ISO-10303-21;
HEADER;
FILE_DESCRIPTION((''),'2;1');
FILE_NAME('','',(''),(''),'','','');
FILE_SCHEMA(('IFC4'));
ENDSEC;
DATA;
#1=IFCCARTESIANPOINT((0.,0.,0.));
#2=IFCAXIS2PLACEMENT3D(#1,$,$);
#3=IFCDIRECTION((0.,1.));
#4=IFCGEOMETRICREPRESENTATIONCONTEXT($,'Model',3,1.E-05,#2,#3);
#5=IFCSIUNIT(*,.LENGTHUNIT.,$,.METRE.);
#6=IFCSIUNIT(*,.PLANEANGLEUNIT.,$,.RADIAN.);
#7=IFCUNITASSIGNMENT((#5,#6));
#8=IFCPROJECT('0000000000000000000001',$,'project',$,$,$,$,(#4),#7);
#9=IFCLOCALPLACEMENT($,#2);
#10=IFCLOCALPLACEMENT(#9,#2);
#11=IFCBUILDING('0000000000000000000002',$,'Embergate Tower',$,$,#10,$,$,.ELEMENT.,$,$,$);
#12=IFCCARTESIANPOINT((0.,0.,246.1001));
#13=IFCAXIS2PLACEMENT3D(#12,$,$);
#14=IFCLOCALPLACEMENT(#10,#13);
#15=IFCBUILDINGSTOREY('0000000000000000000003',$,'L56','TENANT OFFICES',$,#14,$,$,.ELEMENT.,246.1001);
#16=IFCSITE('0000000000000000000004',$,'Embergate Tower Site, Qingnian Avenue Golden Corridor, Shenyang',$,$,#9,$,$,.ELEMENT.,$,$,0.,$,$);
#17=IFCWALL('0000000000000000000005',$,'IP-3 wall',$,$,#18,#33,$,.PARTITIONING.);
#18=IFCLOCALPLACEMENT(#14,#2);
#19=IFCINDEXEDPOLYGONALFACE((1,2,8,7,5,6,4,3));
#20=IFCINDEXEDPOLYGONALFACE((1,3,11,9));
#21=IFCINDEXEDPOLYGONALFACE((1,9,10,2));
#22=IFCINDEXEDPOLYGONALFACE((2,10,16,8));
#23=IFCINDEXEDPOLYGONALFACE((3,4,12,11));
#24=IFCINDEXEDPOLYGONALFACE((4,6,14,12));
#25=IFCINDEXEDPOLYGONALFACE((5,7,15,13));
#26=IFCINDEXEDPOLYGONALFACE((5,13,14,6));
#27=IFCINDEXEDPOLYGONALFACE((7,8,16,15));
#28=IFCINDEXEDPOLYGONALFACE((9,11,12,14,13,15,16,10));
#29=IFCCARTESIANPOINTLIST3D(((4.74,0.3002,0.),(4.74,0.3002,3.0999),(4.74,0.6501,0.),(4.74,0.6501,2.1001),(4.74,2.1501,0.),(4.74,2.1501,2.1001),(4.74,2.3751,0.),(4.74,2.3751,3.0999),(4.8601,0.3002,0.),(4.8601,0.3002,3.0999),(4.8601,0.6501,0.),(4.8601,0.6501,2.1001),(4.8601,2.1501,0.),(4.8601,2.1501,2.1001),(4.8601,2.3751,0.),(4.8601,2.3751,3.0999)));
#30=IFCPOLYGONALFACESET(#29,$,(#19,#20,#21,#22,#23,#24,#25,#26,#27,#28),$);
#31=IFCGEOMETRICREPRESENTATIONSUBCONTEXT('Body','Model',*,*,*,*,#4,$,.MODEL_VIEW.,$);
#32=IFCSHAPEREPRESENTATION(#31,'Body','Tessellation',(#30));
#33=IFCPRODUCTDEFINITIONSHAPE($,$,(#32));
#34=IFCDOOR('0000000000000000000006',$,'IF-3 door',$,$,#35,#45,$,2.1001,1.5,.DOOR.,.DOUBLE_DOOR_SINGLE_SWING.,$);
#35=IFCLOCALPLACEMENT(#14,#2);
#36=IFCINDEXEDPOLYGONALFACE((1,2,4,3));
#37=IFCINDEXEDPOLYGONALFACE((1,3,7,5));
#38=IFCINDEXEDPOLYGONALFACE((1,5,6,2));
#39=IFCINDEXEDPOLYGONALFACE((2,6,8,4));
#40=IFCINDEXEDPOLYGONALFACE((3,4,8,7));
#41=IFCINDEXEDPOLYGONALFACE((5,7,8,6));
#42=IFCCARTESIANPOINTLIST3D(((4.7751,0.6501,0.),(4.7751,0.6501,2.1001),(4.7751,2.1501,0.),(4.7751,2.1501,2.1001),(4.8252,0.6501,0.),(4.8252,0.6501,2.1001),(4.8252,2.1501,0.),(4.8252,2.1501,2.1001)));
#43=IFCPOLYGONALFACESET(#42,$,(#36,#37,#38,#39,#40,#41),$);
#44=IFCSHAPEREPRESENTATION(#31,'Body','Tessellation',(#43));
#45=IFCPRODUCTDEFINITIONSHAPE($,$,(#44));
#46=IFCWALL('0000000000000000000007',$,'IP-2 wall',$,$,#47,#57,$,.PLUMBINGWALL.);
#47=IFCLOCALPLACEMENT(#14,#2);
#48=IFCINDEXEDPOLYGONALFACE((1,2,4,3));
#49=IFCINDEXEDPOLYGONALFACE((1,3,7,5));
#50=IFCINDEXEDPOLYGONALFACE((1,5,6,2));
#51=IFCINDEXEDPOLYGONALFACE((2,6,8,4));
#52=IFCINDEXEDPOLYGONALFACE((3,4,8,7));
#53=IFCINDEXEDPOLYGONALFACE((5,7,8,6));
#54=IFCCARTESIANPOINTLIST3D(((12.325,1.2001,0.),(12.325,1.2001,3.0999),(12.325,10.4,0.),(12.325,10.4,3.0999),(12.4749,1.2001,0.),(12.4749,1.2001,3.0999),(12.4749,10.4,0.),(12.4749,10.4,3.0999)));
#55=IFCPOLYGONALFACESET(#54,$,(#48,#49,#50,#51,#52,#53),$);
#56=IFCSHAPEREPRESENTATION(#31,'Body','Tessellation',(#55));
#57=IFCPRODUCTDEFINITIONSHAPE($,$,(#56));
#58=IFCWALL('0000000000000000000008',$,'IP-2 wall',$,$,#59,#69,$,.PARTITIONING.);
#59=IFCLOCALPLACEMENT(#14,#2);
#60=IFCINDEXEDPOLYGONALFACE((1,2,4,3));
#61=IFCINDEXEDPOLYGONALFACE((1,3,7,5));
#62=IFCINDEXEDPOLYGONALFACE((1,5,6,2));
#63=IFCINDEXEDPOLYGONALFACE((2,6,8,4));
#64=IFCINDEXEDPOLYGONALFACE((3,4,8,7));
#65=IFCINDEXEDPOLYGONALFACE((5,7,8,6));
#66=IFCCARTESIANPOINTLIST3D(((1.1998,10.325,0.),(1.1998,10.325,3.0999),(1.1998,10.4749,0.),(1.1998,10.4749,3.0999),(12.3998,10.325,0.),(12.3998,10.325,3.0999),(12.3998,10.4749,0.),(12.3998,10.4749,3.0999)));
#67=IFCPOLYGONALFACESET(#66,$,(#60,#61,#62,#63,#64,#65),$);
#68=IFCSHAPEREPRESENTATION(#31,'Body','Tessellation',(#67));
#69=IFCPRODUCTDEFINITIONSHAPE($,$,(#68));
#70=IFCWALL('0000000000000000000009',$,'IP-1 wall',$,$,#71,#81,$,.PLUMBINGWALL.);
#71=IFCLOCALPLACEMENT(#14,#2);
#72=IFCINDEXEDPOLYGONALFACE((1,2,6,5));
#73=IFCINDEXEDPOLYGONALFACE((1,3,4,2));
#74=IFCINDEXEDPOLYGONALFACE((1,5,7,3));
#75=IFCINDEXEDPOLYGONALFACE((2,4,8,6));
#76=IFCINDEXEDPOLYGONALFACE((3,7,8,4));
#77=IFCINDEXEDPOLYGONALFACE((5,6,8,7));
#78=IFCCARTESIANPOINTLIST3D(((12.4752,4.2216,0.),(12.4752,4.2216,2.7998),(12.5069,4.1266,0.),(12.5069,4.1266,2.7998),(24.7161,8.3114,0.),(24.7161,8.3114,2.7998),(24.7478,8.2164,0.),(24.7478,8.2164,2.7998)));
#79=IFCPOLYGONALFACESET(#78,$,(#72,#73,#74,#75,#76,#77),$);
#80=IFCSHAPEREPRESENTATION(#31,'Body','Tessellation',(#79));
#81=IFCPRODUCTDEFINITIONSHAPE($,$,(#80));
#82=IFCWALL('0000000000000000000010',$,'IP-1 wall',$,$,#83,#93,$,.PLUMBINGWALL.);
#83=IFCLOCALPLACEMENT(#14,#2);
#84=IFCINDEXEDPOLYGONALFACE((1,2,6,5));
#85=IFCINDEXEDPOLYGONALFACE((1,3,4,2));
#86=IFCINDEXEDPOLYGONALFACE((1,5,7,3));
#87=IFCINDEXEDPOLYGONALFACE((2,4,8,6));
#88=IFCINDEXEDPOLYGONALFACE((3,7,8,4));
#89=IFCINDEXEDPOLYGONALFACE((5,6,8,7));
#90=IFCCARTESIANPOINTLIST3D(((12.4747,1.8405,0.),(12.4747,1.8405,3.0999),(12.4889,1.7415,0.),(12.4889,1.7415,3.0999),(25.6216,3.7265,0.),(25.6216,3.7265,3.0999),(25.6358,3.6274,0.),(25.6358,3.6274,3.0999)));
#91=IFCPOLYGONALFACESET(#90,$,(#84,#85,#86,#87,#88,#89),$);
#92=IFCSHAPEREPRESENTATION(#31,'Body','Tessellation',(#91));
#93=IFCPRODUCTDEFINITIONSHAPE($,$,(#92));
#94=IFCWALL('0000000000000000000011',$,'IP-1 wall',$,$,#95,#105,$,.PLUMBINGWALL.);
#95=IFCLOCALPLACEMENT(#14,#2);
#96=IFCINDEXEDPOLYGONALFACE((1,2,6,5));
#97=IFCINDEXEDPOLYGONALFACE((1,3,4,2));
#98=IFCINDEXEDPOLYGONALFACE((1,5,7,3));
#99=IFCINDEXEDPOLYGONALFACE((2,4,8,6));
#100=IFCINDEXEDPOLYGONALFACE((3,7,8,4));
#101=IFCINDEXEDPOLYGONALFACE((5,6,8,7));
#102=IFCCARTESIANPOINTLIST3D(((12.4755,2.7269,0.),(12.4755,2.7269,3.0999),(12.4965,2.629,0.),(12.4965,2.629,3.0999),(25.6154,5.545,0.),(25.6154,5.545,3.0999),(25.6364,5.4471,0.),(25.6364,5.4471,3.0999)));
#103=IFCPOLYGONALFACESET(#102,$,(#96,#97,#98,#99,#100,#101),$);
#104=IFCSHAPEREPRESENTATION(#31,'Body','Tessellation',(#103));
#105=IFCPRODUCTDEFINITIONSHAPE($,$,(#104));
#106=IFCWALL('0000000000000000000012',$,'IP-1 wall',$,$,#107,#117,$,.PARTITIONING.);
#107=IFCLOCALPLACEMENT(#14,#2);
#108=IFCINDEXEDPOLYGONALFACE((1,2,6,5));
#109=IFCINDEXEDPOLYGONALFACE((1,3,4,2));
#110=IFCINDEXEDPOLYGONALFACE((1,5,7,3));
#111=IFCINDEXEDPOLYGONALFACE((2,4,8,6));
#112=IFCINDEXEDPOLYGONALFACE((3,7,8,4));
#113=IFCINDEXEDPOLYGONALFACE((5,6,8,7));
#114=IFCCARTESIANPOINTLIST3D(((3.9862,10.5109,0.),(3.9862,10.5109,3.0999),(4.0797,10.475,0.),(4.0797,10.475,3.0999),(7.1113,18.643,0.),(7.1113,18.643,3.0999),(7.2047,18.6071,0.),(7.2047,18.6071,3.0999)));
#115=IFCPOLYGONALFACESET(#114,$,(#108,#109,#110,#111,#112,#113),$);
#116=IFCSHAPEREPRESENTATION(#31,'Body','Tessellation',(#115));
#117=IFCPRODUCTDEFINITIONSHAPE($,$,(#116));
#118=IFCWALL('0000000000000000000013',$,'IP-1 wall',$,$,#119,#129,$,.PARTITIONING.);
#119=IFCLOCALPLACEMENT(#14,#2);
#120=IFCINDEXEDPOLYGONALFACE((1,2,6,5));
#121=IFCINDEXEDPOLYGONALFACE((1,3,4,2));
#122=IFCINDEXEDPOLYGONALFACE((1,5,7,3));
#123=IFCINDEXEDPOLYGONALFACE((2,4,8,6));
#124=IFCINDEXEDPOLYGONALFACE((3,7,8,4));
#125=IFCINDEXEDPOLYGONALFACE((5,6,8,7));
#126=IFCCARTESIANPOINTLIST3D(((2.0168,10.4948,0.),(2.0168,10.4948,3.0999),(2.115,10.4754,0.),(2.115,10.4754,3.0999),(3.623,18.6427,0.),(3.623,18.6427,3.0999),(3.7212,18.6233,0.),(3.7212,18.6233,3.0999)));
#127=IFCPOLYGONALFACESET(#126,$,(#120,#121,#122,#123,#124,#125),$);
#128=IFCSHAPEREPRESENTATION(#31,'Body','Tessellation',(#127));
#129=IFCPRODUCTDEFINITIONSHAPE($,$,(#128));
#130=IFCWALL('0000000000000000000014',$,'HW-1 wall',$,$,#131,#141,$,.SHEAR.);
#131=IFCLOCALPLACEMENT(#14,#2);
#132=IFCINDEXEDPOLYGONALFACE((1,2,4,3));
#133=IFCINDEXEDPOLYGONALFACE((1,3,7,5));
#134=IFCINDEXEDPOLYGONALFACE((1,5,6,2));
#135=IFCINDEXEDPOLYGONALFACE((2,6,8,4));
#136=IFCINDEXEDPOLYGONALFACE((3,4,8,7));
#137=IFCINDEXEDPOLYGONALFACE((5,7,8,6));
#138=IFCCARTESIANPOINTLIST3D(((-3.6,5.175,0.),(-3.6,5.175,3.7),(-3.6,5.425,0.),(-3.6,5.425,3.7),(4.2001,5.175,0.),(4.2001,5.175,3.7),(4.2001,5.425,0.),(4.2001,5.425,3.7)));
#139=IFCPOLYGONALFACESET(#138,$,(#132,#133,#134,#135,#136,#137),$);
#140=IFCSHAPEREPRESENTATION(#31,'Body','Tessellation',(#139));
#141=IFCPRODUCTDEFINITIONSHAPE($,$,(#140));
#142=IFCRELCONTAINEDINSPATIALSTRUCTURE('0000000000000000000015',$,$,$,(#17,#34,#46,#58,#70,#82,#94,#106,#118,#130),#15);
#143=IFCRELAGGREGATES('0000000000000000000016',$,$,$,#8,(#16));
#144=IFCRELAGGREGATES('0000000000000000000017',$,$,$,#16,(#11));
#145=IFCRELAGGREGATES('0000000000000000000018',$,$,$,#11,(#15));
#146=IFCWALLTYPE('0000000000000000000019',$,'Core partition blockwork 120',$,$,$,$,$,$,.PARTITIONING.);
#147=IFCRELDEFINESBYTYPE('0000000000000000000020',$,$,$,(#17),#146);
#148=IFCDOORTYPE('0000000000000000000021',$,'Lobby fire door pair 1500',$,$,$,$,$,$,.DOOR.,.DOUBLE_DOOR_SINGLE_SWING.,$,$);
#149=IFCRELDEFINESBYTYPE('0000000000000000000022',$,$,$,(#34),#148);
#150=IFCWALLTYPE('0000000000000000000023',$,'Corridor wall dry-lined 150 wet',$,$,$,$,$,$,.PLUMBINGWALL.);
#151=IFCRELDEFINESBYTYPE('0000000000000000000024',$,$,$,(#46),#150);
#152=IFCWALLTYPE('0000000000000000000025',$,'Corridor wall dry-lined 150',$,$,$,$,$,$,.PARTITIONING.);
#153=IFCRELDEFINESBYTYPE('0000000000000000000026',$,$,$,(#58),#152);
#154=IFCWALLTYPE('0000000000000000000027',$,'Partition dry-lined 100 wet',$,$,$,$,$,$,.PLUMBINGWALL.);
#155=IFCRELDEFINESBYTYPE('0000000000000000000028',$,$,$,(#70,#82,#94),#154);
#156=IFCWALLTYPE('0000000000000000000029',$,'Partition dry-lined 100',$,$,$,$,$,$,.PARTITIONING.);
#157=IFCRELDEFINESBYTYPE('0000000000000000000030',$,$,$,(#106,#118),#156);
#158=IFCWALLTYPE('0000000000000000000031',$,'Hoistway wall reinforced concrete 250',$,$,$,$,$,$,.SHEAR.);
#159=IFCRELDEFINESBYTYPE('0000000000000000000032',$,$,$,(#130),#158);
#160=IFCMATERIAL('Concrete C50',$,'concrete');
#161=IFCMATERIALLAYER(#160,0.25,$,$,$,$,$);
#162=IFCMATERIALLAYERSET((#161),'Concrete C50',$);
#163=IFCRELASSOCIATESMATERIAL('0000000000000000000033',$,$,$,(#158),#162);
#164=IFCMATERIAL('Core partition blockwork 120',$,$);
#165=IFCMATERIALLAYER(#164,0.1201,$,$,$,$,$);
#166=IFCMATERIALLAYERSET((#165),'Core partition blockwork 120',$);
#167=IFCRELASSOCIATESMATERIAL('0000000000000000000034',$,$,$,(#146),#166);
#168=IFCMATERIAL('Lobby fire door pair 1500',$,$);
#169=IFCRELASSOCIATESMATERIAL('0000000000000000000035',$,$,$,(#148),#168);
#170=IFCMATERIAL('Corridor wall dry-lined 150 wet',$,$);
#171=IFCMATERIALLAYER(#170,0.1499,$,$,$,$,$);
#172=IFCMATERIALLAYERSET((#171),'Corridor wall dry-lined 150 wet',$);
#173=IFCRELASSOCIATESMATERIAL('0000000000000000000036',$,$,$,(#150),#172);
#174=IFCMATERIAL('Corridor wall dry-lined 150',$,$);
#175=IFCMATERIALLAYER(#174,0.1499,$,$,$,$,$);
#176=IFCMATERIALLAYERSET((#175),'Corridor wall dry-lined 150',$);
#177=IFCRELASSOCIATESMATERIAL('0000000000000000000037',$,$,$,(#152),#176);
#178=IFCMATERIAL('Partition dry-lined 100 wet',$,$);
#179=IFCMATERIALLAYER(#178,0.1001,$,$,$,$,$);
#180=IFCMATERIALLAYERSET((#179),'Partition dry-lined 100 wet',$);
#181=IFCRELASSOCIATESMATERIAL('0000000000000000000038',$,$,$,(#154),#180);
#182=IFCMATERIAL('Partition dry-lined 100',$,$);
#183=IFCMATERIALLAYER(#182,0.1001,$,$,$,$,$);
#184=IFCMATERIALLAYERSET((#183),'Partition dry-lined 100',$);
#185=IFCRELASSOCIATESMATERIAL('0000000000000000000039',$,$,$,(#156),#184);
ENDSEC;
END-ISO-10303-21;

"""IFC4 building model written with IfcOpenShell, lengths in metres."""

from ifc_helpers import new_model, si_unit, direction, frame, frame_2d, origin, place, context, subcontext, project, spatial, rectangle, extrude, source, transform, mapped, material, layer, layer_set, type_object, element, fill, save


model = new_model("IFC4")

# Units and contexts
model_context = context("Model", 3, precision=1e-05, world=origin(), true_north=direction((0.0, 1.0)))
body_context = subcontext(model_context, "Body", "Model", "MODEL_VIEW")
ifc_project = project(units=[si_unit("LENGTHUNIT", "METRE"), si_unit("PLANEANGLEUNIT", "RADIAN")], contexts=[model_context])

# Site, building, storey
site_placement = place(None, origin())
site = spatial("IfcSite", under=ifc_project, at=site_placement, Name="Embergate Tower Site, Qingnian Avenue Golden Corridor, Shenyang", CompositionType="ELEMENT", RefElevation=0.0)
building_placement = place(site_placement, origin())
building = spatial("IfcBuilding", under=site, at=building_placement, Name="Embergate Tower", CompositionType="ELEMENT")
storey_placement = place(building_placement, frame((0.0, 0.0, 246.1001)))
storey = spatial("IfcBuildingStorey", under=building, at=storey_placement, Name="L56", Description="TENANT OFFICES", CompositionType="ELEMENT", Elevation=246.1001)

# Shared definitions
ifc_material_1 = material(Name="Concrete C50", Category="concrete")
ifc_layer_1 = layer(ifc_material_1, 0.25)
ifc_layer_set_1 = layer_set([ifc_layer_1], Name="Concrete C50")
wall_type_1 = type_object("IfcWallType", Name="Hoistway wall reinforced concrete 250", PredefinedType="SHEAR", material=ifc_layer_set_1)

# Wall, opening, door
ifc_material_2 = material(Name="Core partition blockwork 120")
ifc_layer_2 = layer(ifc_material_2, 0.1201)
ifc_layer_set_2 = layer_set([ifc_layer_2], Name="Core partition blockwork 120")
wall_type_2 = type_object("IfcWallType", Name="Core partition blockwork 120", PredefinedType="PARTITIONING", material=ifc_layer_set_2)
shared_shape_1 = source(origin(), body_context, "Body", "SweptSolid", [
    extrude(rectangle(XDim=2.075, YDim=0.1201, at=frame_2d((1.0376, 0.0))), origin(), (0.0, 0.0, 1.0), 3.0999),
])
wall_1_placement = place(storey_placement, frame((4.8, 0.3, 0.0), z_axis=(0.0, 0.0, 1.0), x_axis=(0.0, 1.0, 0.0)))
wall_1 = element("IfcWall", 1, at=wall_1_placement, inside=storey, type_object=wall_type_2, Name="IP-3 wall", PredefinedType="PARTITIONING", context=body_context, shape_type="MappedRepresentation", body=[
    mapped(shared_shape_1, transform((0.0, 0.0, 0.0))),
])
shared_shape_2 = source(origin(), body_context, "Body", "SweptSolid", [
    extrude(rectangle(XDim=1.5, YDim=2.1001, at=frame_2d((0.75, 1.05))), frame((0.0, 0.0701, 0.0), z_axis=(0.0, -1.0, 0.0), x_axis=(1.0, 0.0, 0.0)), (0.0, 0.0, 1.0), 0.1401),
])
opening_1_placement = place(wall_1_placement, frame((0.3501, 0.0, 0.0)))
opening_1 = element("IfcOpeningElement", 2, at=opening_1_placement, cuts=wall_1, PredefinedType="OPENING", context=body_context, shape_type="MappedRepresentation", body=[
    mapped(shared_shape_2, transform((0.0, 0.0, 0.0))),
])
ifc_material_3 = material(Name="Lobby fire door pair 1500")
door_type_1 = type_object("IfcDoorType", Name="Lobby fire door pair 1500", OperationType="DOUBLE_DOOR_SINGLE_SWING", PredefinedType="DOOR", material=ifc_material_3)
shared_shape_3 = source(origin(), body_context, "Body", "SweptSolid", [
    extrude(rectangle(XDim=1.5, YDim=2.1001, at=frame_2d((0.75, 1.05))), frame((0.0, 0.0249, 0.0), z_axis=(0.0, -1.0, 0.0), x_axis=(1.0, 0.0, 0.0)), (0.0, 0.0, 1.0), 0.05),
])
door_1_placement = place(opening_1_placement, origin())
door_1 = element("IfcDoor", 3, at=door_1_placement, inside=storey, type_object=door_type_1, Name="IF-3 door", OperationType="DOUBLE_DOOR_SINGLE_SWING", OverallHeight=2.1001, OverallWidth=1.5, PredefinedType="DOOR", context=body_context, shape_type="MappedRepresentation", body=[
    mapped(shared_shape_3, transform((0.0, 0.0, 0.0))),
])
fill(opening_1, door_1)

# Walls
ifc_material_4 = material(Name="Corridor wall dry-lined 150 wet")
ifc_layer_3 = layer(ifc_material_4, 0.1499)
ifc_layer_set_3 = layer_set([ifc_layer_3], Name="Corridor wall dry-lined 150 wet")
wall_type_3 = type_object("IfcWallType", Name="Corridor wall dry-lined 150 wet", PredefinedType="PLUMBINGWALL", material=ifc_layer_set_3)
shared_shape_4 = source(origin(), body_context, "Body", "SweptSolid", [
    extrude(rectangle(XDim=9.2, YDim=0.1499, at=frame_2d((4.6001, 0.0))), origin(), (0.0, 0.0, 1.0), 3.0999),
])
wall_2_placement = place(storey_placement, frame((12.3999, 1.2, 0.0), z_axis=(0.0, 0.0, 1.0), x_axis=(0.0, 1.0, 0.0)))
element("IfcWall", 4, at=wall_2_placement, inside=storey, type_object=wall_type_3, Name="IP-2 wall", PredefinedType="PLUMBINGWALL", context=body_context, shape_type="MappedRepresentation", body=[
    mapped(shared_shape_4, transform((0.0, 0.0, 0.0))),
])
ifc_material_5 = material(Name="Corridor wall dry-lined 150")
ifc_layer_4 = layer(ifc_material_5, 0.1499)
ifc_layer_set_4 = layer_set([ifc_layer_4], Name="Corridor wall dry-lined 150")
wall_type_4 = type_object("IfcWallType", Name="Corridor wall dry-lined 150", PredefinedType="PARTITIONING", material=ifc_layer_set_4)
shared_shape_5 = source(origin(), body_context, "Body", "SweptSolid", [
    extrude(rectangle(XDim=11.2, YDim=0.1499, at=frame_2d((5.6001, 0.0))), origin(), (0.0, 0.0, 1.0), 3.0999),
])
wall_3_placement = place(storey_placement, frame((12.3999, 10.3999, 0.0), z_axis=(0.0, 0.0, 1.0), x_axis=(-1.0, 0.0, 0.0)))
element("IfcWall", 5, at=wall_3_placement, inside=storey, type_object=wall_type_4, Name="IP-2 wall", PredefinedType="PARTITIONING", context=body_context, shape_type="MappedRepresentation", body=[
    mapped(shared_shape_5, transform((0.0, 0.0, 0.0))),
])
ifc_material_6 = material(Name="Partition dry-lined 100 wet")
ifc_layer_5 = layer(ifc_material_6, 0.1001)
ifc_layer_set_5 = layer_set([ifc_layer_5], Name="Partition dry-lined 100 wet")
wall_type_5 = type_object("IfcWallType", Name="Partition dry-lined 100 wet", PredefinedType="PLUMBINGWALL", material=ifc_layer_set_5)
shared_shape_6 = source(origin(), body_context, "Body", "SweptSolid", [
    extrude(rectangle(XDim=12.906, YDim=0.1001, at=frame_2d((6.4531, 0.0))), origin(), (0.0, 0.0, 1.0), 2.7998),
])
wall_4_placement = place(storey_placement, frame((12.491, 4.1741, 0.0), z_axis=(0.0, 0.0, 1.0), x_axis=(0.948462, 0.316892, 0.0)))
element("IfcWall", 6, at=wall_4_placement, inside=storey, type_object=wall_type_5, Name="IP-1 wall", PredefinedType="PLUMBINGWALL", context=body_context, shape_type="MappedRepresentation", body=[
    mapped(shared_shape_6, transform((0.0, 0.0, 0.0))),
])
shared_shape_7 = source(origin(), body_context, "Body", "SweptSolid", [
    extrude(rectangle(XDim=13.2815, YDim=0.1001, at=frame_2d((6.6406, 0.0))), origin(), (0.0, 0.0, 1.0), 3.0999),
])
wall_5_placement = place(storey_placement, frame((12.4819, 1.791, 0.0), z_axis=(0.0, 0.0, 1.0), x_axis=(0.989867, 0.142, 0.0)))
element("IfcWall", 7, at=wall_5_placement, inside=storey, type_object=wall_type_5, Name="IP-1 wall", PredefinedType="PLUMBINGWALL", context=body_context, shape_type="MappedRepresentation", body=[
    mapped(shared_shape_7, transform((0.0, 0.0, 0.0))),
])
shared_shape_8 = source(origin(), body_context, "Body", "SweptSolid", [
    extrude(rectangle(XDim=13.4387, YDim=0.1001, at=frame_2d((6.7192, 0.0))), origin(), (0.0, 0.0, 1.0), 3.0999),
])
wall_6_placement = place(storey_placement, frame((12.4861, 2.678, 0.0), z_axis=(0.0, 0.0, 1.0), x_axis=(0.977765, 0.209702, 0.0)))
element("IfcWall", 8, at=wall_6_placement, inside=storey, type_object=wall_type_5, Name="IP-1 wall", PredefinedType="PLUMBINGWALL", context=body_context, shape_type="MappedRepresentation", body=[
    mapped(shared_shape_8, transform((0.0, 0.0, 0.0))),
])
ifc_material_7 = material(Name="Partition dry-lined 100")
ifc_layer_6 = layer(ifc_material_7, 0.1001)
ifc_layer_set_6 = layer_set([ifc_layer_6], Name="Partition dry-lined 100")
wall_type_6 = type_object("IfcWallType", Name="Partition dry-lined 100", PredefinedType="PARTITIONING", material=ifc_layer_set_6)
shared_shape_9 = source(origin(), body_context, "Body", "SweptSolid", [
    extrude(rectangle(XDim=8.7119, YDim=0.1001, at=frame_2d((4.356, 0.0))), origin(), (0.0, 0.0, 1.0), 3.0999),
])
wall_7_placement = place(storey_placement, frame((4.033, 10.4929, 0.0), z_axis=(0.0, 0.0, 1.0), x_axis=(0.358707, 0.93345, 0.0)))
element("IfcWall", 9, at=wall_7_placement, inside=storey, type_object=wall_type_6, Name="IP-1 wall", PredefinedType="PARTITIONING", context=body_context, shape_type="MappedRepresentation", body=[
    mapped(shared_shape_9, transform((0.0, 0.0, 0.0))),
])
shared_shape_10 = source(origin(), body_context, "Body", "SweptSolid", [
    extrude(rectangle(XDim=8.3047, YDim=0.1001, at=frame_2d((4.1523, 0.0))), origin(), (0.0, 0.0, 1.0), 3.0999),
])
wall_8_placement = place(storey_placement, frame((2.0659, 10.4851, 0.0), z_axis=(0.0, 0.0, 1.0), x_axis=(0.193407, 0.981119, 0.0)))
element("IfcWall", 10, at=wall_8_placement, inside=storey, type_object=wall_type_6, Name="IP-1 wall", PredefinedType="PARTITIONING", context=body_context, shape_type="MappedRepresentation", body=[
    mapped(shared_shape_10, transform((0.0, 0.0, 0.0))),
])
shared_shape_11 = source(origin(), body_context, "Body", "SweptSolid", [
    extrude(rectangle(XDim=7.8, YDim=0.25, at=frame_2d((3.8999, 0.0))), origin(), (0.0, 0.0, 1.0), 3.7),
])
wall_9_placement = place(storey_placement, frame((4.2, 5.3, 0.0), z_axis=(0.0, 0.0, 1.0), x_axis=(-1.0, 0.0, 0.0)))
element("IfcWall", 11, at=wall_9_placement, inside=storey, type_object=wall_type_1, Name="HW-1 wall", PredefinedType="SHEAR", context=body_context, shape_type="MappedRepresentation", body=[
    mapped(shared_shape_11, transform((0.0, 0.0, 0.0))),
])

save(model, "model.ifc")
